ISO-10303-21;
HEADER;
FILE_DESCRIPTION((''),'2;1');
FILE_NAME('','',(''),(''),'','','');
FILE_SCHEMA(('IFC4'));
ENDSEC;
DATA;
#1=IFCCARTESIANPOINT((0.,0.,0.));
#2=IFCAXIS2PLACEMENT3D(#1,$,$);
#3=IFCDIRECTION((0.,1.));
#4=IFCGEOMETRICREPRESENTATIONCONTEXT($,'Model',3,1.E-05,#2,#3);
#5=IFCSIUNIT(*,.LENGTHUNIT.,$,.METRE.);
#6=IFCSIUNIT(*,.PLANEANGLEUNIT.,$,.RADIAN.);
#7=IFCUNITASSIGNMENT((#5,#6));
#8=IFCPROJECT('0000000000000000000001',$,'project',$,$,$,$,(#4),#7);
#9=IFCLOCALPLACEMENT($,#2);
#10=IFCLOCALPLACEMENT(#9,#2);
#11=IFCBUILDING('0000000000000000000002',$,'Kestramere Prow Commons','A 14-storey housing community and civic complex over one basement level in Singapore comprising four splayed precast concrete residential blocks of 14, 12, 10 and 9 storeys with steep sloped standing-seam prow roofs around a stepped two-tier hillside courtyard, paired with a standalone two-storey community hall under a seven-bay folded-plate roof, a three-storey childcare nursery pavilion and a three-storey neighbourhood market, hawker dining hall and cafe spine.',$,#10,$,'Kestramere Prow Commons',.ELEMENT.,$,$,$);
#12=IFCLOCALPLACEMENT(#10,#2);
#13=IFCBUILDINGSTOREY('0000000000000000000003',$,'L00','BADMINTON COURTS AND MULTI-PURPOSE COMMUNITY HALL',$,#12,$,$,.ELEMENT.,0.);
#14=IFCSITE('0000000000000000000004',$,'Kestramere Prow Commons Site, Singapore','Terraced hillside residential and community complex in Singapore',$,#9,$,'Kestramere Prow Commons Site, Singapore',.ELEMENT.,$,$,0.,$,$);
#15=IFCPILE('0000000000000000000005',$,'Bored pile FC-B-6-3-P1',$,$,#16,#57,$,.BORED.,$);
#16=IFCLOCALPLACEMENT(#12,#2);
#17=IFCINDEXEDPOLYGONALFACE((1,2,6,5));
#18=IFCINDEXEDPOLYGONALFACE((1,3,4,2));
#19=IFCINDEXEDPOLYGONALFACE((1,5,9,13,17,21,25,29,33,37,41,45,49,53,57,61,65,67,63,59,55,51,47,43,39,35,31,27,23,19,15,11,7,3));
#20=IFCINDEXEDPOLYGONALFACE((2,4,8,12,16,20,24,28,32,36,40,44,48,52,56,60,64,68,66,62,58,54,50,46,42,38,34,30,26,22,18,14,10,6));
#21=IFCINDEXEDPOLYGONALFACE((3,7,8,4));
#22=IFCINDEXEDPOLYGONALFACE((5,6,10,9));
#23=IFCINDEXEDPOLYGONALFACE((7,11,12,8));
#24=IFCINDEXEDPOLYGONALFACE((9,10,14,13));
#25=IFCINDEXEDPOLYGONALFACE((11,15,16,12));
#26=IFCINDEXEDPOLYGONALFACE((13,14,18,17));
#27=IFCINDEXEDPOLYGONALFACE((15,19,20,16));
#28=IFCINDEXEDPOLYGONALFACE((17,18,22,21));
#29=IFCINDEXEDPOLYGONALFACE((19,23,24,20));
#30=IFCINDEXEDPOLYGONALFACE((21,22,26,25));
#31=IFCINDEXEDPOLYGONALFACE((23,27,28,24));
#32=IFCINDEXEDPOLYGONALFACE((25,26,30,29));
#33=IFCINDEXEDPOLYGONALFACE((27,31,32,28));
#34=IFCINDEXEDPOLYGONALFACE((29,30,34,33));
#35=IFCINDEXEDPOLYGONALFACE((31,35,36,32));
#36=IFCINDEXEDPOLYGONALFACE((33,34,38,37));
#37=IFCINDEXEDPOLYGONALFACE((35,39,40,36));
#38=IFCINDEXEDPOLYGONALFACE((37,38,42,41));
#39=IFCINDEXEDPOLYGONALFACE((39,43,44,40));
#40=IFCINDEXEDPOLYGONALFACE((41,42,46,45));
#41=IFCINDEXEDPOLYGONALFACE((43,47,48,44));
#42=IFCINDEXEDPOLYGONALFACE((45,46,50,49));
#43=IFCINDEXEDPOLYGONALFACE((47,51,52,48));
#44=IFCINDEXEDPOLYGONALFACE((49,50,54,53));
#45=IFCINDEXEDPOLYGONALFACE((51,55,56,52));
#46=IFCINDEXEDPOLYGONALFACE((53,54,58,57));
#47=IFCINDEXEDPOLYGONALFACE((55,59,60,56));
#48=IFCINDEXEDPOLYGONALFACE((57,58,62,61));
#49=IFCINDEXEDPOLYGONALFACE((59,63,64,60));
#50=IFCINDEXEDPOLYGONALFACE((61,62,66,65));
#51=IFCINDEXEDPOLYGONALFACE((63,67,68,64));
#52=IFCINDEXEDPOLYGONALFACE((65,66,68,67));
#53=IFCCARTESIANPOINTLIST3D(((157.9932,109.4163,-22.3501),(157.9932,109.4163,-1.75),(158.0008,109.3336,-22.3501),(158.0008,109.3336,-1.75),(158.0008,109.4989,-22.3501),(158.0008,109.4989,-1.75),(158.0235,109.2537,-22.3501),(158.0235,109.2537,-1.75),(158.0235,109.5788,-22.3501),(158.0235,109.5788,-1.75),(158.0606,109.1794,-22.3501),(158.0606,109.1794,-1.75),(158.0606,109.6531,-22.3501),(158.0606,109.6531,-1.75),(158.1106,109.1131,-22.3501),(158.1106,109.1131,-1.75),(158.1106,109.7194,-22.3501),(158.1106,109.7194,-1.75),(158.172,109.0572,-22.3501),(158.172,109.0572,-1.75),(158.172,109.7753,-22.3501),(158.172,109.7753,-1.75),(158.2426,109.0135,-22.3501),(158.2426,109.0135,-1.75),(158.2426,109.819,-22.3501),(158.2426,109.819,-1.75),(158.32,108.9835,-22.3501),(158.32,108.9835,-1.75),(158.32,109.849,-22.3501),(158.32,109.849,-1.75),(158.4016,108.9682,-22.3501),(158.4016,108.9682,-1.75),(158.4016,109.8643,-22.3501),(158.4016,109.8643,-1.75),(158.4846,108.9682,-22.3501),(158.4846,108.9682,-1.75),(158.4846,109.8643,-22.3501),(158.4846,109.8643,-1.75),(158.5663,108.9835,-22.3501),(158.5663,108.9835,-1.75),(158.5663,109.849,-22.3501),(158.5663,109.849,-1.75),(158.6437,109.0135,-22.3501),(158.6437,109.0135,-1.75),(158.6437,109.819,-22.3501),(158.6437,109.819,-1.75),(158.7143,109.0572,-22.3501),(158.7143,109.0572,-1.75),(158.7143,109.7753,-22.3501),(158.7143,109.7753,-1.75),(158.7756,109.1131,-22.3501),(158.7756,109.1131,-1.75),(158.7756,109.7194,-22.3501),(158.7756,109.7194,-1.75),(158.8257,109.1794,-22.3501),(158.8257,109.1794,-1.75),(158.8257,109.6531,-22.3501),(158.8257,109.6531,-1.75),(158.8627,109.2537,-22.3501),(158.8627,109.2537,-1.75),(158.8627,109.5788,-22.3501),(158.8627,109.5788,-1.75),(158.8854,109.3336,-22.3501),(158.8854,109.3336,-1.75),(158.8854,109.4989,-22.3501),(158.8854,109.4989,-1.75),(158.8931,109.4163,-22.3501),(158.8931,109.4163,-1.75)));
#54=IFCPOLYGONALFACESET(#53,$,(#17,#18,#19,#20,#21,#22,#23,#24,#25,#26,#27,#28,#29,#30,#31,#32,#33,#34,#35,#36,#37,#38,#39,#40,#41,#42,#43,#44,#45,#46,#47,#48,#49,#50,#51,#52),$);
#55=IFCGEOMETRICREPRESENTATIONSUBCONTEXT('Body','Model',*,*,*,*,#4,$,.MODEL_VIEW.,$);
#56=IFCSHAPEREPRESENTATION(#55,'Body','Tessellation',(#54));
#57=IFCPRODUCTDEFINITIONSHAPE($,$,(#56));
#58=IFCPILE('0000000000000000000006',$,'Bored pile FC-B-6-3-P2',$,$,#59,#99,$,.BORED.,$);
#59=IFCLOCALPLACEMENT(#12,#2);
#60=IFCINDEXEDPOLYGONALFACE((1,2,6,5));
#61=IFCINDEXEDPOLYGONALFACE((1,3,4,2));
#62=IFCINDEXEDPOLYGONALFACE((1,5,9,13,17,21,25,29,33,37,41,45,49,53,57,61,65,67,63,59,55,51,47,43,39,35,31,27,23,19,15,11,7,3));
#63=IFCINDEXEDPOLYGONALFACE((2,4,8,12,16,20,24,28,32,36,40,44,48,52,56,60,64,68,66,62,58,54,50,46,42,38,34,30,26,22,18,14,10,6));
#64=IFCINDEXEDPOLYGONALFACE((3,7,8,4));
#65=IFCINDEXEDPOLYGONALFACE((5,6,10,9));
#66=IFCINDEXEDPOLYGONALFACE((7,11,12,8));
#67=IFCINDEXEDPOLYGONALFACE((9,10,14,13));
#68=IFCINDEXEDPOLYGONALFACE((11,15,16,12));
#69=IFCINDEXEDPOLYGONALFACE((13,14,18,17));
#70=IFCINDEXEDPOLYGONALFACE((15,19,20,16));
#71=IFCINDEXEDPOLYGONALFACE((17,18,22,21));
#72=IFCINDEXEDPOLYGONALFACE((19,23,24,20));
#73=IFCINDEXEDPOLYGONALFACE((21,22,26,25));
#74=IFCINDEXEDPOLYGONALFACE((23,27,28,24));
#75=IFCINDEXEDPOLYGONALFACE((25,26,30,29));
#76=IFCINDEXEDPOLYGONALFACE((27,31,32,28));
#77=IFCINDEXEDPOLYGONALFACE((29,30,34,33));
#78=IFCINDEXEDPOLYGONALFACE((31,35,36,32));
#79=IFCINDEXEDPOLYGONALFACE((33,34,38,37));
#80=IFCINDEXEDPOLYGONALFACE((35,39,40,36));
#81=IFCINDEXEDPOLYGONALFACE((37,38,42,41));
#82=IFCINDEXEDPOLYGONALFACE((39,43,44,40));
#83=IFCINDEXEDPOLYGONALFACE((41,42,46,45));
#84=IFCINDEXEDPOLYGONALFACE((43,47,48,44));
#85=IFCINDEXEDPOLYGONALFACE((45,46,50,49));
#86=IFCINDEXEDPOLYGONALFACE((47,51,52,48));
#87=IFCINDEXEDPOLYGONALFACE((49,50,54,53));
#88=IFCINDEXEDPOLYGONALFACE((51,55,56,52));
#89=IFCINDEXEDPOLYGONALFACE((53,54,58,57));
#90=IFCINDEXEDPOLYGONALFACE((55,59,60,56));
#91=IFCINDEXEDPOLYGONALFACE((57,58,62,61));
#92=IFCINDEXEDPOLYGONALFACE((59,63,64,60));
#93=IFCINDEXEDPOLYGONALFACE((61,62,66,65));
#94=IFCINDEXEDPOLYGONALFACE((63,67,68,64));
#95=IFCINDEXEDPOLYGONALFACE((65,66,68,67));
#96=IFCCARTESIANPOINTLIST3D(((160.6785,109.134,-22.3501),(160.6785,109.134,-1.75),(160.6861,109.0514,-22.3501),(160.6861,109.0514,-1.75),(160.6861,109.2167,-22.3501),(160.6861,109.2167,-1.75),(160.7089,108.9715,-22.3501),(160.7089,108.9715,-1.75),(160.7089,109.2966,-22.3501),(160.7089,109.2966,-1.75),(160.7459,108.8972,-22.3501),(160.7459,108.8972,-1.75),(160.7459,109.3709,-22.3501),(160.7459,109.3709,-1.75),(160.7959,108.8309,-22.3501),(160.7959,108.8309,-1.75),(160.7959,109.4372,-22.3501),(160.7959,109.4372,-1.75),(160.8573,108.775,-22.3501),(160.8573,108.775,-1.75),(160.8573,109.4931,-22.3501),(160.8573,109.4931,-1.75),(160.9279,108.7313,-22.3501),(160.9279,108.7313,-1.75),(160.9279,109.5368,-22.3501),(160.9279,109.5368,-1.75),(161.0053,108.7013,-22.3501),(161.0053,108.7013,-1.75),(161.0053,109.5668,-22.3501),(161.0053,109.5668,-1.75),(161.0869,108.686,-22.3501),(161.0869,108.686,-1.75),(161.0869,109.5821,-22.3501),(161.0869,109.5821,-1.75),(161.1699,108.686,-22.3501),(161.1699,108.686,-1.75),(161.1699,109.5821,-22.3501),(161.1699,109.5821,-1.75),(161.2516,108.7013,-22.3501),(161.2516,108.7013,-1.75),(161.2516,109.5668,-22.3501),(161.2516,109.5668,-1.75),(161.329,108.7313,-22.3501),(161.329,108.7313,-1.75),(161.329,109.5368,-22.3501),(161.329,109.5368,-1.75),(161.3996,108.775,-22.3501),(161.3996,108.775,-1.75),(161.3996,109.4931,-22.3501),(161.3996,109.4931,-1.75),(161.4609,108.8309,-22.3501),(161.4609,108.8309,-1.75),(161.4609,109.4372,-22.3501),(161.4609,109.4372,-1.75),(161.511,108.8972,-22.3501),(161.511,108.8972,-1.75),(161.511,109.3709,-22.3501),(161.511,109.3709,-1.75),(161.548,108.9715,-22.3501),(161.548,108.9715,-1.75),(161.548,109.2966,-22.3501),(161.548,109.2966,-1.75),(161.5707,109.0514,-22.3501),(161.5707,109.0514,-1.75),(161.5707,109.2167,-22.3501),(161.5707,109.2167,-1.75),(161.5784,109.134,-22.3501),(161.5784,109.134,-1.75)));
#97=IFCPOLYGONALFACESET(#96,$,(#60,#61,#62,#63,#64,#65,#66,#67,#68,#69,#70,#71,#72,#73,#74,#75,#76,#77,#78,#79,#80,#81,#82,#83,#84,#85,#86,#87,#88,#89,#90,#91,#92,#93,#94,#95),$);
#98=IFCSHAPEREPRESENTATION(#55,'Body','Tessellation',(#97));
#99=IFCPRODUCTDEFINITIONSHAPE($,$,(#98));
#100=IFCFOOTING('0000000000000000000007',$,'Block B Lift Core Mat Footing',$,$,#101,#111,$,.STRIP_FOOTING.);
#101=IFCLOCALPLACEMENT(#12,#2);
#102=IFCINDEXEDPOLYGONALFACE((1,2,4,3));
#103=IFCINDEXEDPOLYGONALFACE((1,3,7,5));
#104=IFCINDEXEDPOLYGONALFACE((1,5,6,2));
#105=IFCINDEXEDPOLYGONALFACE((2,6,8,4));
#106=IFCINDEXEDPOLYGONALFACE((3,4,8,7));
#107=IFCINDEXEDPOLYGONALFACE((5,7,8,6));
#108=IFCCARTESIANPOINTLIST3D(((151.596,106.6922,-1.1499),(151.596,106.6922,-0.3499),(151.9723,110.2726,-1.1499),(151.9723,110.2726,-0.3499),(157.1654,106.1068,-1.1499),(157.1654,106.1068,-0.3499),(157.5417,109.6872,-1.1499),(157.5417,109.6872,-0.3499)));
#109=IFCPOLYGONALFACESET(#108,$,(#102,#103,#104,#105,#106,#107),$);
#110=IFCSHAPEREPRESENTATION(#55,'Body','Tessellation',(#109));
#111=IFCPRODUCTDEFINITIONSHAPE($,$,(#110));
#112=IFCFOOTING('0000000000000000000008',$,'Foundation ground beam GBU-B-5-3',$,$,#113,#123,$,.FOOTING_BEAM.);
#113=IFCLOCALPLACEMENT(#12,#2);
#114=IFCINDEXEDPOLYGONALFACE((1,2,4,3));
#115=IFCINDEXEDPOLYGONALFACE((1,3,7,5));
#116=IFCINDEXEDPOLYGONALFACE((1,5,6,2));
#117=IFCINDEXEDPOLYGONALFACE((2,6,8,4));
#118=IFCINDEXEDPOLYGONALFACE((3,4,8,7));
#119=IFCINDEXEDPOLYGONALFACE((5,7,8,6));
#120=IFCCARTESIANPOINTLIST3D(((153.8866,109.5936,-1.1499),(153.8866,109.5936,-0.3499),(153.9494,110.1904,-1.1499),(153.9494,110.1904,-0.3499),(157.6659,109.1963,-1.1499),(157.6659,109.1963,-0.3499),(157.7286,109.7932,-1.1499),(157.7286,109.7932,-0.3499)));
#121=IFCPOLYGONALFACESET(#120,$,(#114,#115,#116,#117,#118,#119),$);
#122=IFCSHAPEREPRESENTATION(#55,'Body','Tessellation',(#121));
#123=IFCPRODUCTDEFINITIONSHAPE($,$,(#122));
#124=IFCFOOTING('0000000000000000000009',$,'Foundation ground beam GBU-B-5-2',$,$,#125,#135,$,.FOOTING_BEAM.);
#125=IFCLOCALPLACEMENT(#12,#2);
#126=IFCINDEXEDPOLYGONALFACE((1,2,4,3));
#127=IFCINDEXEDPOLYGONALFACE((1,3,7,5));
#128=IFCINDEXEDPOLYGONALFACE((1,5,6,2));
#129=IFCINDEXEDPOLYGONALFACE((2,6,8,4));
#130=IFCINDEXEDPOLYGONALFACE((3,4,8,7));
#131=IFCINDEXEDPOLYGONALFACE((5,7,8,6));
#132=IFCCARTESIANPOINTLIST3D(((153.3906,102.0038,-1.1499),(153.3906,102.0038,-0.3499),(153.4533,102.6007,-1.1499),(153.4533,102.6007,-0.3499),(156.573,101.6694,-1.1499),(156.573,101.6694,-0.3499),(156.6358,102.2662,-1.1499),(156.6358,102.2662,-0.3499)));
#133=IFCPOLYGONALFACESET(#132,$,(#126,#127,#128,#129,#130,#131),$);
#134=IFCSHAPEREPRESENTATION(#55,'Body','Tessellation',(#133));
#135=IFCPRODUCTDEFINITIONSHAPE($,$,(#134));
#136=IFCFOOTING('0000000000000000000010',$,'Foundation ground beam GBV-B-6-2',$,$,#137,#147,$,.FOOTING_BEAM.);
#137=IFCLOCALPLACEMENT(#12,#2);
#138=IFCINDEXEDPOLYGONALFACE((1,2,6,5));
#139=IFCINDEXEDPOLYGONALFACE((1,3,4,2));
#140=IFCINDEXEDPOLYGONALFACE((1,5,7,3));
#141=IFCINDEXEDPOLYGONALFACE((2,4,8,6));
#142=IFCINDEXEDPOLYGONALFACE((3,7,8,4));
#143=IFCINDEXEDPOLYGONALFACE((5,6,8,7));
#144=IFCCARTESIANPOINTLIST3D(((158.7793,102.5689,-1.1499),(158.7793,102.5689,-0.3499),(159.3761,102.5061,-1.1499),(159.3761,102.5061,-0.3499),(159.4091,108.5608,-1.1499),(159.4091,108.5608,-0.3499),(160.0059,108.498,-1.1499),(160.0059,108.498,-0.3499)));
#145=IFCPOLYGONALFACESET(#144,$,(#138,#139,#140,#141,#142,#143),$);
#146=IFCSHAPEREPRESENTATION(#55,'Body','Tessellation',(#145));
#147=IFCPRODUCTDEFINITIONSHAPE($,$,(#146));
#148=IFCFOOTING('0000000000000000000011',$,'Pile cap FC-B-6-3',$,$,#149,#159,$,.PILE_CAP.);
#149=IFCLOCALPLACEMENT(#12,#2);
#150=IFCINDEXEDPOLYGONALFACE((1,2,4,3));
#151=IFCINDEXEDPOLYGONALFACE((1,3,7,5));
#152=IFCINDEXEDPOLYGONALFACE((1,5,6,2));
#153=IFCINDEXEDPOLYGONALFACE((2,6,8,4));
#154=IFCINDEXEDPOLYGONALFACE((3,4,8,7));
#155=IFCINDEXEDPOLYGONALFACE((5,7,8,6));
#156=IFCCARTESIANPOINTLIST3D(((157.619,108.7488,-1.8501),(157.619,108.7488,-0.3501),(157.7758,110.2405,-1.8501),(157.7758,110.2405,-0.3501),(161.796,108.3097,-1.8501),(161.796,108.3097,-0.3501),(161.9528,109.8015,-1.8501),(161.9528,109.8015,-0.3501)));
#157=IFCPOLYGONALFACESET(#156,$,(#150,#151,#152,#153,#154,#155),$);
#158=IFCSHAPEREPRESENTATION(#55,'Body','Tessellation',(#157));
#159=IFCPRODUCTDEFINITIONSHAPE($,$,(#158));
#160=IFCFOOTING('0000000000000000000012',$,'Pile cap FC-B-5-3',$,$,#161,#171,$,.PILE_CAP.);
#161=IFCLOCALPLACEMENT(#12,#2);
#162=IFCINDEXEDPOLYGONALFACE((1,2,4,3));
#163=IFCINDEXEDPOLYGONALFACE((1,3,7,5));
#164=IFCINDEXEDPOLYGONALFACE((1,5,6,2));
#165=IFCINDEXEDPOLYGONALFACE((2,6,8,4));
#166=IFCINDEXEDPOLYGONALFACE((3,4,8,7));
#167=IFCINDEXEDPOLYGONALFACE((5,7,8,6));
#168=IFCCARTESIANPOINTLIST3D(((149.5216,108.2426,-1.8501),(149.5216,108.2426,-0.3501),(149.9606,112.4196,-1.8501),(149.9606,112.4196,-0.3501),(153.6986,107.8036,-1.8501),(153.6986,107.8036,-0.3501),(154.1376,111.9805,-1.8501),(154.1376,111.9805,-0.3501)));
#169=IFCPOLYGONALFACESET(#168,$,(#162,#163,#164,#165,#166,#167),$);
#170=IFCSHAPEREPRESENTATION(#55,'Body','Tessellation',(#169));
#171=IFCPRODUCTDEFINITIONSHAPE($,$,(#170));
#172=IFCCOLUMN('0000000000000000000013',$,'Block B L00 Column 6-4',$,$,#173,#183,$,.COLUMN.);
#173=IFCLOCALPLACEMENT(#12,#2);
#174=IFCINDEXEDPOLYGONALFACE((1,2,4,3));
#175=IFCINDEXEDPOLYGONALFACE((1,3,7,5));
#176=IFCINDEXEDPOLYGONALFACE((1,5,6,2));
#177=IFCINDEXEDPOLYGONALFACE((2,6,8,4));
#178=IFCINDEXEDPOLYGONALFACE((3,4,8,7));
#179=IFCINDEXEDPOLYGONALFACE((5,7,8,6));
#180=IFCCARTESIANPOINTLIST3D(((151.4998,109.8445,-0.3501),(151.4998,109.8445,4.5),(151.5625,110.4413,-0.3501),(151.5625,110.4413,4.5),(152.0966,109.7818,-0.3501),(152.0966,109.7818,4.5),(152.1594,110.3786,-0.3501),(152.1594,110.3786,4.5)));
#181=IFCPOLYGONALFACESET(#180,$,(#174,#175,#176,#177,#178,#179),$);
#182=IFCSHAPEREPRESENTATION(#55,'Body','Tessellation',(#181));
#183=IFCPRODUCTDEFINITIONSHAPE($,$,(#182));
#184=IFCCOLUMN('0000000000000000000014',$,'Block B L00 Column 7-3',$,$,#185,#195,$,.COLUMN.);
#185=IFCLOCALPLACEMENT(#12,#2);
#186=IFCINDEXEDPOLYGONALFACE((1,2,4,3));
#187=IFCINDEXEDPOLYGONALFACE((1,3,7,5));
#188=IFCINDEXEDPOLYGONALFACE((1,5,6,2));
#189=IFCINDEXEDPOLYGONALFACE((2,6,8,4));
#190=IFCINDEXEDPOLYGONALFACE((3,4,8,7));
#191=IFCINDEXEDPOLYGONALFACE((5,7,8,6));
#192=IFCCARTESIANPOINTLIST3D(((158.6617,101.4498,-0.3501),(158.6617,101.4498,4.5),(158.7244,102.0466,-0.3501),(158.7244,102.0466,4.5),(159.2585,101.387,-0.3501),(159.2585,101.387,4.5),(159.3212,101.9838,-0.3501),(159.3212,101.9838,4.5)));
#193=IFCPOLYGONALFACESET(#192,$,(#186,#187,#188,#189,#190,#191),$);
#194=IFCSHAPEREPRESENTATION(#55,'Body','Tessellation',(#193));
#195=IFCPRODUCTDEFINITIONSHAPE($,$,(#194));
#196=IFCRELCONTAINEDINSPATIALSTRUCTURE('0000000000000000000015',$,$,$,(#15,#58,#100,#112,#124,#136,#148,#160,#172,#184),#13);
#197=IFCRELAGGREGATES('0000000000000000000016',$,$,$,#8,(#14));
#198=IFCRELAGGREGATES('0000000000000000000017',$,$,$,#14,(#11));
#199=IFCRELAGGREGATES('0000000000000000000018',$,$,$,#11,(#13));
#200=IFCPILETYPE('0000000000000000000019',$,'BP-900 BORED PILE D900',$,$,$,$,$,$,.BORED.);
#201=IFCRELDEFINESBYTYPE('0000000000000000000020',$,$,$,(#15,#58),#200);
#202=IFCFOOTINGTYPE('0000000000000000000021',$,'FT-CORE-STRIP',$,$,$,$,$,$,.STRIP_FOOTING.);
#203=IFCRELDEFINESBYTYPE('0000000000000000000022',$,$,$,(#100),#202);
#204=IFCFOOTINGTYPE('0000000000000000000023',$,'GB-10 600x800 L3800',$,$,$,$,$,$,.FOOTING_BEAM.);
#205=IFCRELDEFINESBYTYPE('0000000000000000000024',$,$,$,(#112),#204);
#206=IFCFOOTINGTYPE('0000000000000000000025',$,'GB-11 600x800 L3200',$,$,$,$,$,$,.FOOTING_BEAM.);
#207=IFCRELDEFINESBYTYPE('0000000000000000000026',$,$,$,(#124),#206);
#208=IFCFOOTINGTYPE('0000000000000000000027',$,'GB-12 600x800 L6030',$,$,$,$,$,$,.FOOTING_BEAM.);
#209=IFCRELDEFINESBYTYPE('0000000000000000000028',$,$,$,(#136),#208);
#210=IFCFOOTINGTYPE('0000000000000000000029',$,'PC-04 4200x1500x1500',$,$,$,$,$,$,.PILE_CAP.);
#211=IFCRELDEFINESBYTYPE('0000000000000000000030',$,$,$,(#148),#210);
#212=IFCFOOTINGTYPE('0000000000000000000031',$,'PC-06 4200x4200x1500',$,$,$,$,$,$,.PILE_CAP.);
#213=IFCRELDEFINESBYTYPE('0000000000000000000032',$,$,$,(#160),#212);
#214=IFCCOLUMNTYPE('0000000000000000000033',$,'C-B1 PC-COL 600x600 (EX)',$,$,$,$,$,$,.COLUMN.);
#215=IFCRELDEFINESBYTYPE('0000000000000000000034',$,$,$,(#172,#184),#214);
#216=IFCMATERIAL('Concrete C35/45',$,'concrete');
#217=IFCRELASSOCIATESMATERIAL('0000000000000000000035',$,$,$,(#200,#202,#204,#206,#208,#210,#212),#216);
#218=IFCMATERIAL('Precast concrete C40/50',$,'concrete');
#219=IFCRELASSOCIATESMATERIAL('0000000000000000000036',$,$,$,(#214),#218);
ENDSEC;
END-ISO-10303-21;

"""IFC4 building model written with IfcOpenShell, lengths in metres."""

from ifc_helpers import new_model, si_unit, direction, frame, origin, origin_2d, place, context, subcontext, project, spatial, rectangle, circle, extrude, material, material_profile, profile_set, type_object, element, save


model = new_model("IFC4")

# Units and contexts
model_context = context("Model", 3, precision=1e-05, world=origin(), true_north=direction((0.0, 1.0)))
body_context = subcontext(model_context, "Body", "Model", "MODEL_VIEW")
ifc_project = project(units=[si_unit("LENGTHUNIT", "METRE"), si_unit("PLANEANGLEUNIT", "RADIAN")], contexts=[model_context])

# Site, building, storey
site_placement = place(None, origin())
site = spatial("IfcSite", under=ifc_project, at=site_placement, Name="Kestramere Prow Commons Site, Singapore", Description="Terraced hillside residential and community complex in Singapore", LongName="Kestramere Prow Commons Site, Singapore", CompositionType="ELEMENT", RefElevation=0.0)
building_placement = place(site_placement, origin())
building = spatial("IfcBuilding", under=site, at=building_placement, Name="Kestramere Prow Commons", Description="A 14-storey housing community and civic complex over one basement level in Singapore comprising four splayed precast concrete residential blocks of 14, 12, 10 and 9 storeys with steep sloped standing-seam prow roofs around a stepped two-tier hillside courtyard, paired with a standalone two-storey community hall under a seven-bay folded-plate roof, a three-storey childcare nursery pavilion and a three-storey neighbourhood market, hawker dining hall and cafe spine.", LongName="Kestramere Prow Commons", CompositionType="ELEMENT")
storey_placement = place(building_placement, origin())
storey = spatial("IfcBuildingStorey", under=building, at=storey_placement, Name="L00", Description="BADMINTON COURTS AND MULTI-PURPOSE COMMUNITY HALL", CompositionType="ELEMENT", Elevation=0.0)

# Piles
ifc_material_1 = material(Name="Concrete C35/45", Category="concrete")
ifc_material_profile_1 = material_profile(ifc_material_1, circle(Radius=0.45, at=origin_2d()), Name="BORED PILE D900")
ifc_profile_set_1 = profile_set([ifc_material_profile_1], Name="Concrete C35/45")
pile_type_1 = type_object("IfcPileType", Name="BP-900 BORED PILE D900", PredefinedType="BORED", material=ifc_profile_set_1)
for number, where, z_axis, x_axis, name in (
    (1, (158.4431, 109.4163, -1.75), (0.0, 0.0, -1.0), (1.0, 0.0, 0.0), "Bored pile FC-B-6-3-P1"),
    (2, (161.1284, 109.134, -1.75), (0.0, 0.0, -1.0), (1.0, 0.0, 0.0), "Bored pile FC-B-6-3-P2"),
):
    element("IfcPile", number, at=place(storey_placement, frame(where, z_axis=z_axis, x_axis=x_axis)), inside=storey, type_object=pile_type_1, Name=name, PredefinedType="BORED", context=body_context, shape_type="SweptSolid", body=[
        extrude(circle(Radius=0.45, at=origin_2d()), origin(), (0.0, 0.0, 1.0), 20.6001),
    ])

# Footings
footing_type_1 = type_object("IfcFootingType", Name="FT-CORE-STRIP", PredefinedType="STRIP_FOOTING", material=ifc_material_1)
footing_1_placement = place(storey_placement, frame((154.5688, 108.1897, -1.1499), z_axis=(0.0, 0.0, 1.0), x_axis=(0.994522, -0.104528, 0.0)))
element("IfcFooting", 3, at=footing_1_placement, inside=storey, type_object=footing_type_1, Name="Block B Lift Core Mat Footing", PredefinedType="STRIP_FOOTING", context=body_context, shape_type="SweptSolid", body=[
    extrude(rectangle(XDim=5.6001, YDim=3.6001, at=origin_2d()), origin(), (0.0, 0.0, 1.0), 0.8),
])
footing_type_2 = type_object("IfcFootingType", Name="GB-10 600x800 L3800", PredefinedType="FOOTING_BEAM", material=ifc_material_1)
footing_2_placement = place(storey_placement, frame((155.8076, 109.6934, -1.1499), z_axis=(0.0, 0.0, 1.0), x_axis=(0.994522, -0.104528, 0.0)))
element("IfcFooting", 4, at=footing_2_placement, inside=storey, type_object=footing_type_2, Name="Foundation ground beam GBU-B-5-3", PredefinedType="FOOTING_BEAM", context=body_context, shape_type="SweptSolid", body=[
    extrude(rectangle(XDim=3.8, YDim=0.6001, at=origin_2d()), origin(), (0.0, 0.0, 1.0), 0.8),
])
footing_type_3 = type_object("IfcFootingType", Name="GB-11 600x800 L3200", PredefinedType="FOOTING_BEAM", material=ifc_material_1)
footing_3_placement = place(storey_placement, frame((155.0132, 102.135, -1.1499), z_axis=(0.0, 0.0, 1.0), x_axis=(0.994522, -0.104528, 0.0)))
element("IfcFooting", 5, at=footing_3_placement, inside=storey, type_object=footing_type_3, Name="Foundation ground beam GBU-B-5-2", PredefinedType="FOOTING_BEAM", context=body_context, shape_type="SweptSolid", body=[
    extrude(rectangle(XDim=3.2, YDim=0.6001, at=origin_2d()), origin(), (0.0, 0.0, 1.0), 0.8),
])
footing_type_4 = type_object("IfcFootingType", Name="GB-12 600x800 L6030", PredefinedType="FOOTING_BEAM", material=ifc_material_1)
footing_4_placement = place(storey_placement, frame((159.3926, 105.5334, -1.1499), z_axis=(0.0, 0.0, 1.0), x_axis=(0.104528, 0.994522, 0.0)))
element("IfcFooting", 6, at=footing_4_placement, inside=storey, type_object=footing_type_4, Name="Foundation ground beam GBV-B-6-2", PredefinedType="FOOTING_BEAM", context=body_context, shape_type="SweptSolid", body=[
    extrude(rectangle(XDim=6.0249, YDim=0.6001, at=origin_2d()), origin(), (0.0, 0.0, 1.0), 0.8),
])
footing_type_5 = type_object("IfcFootingType", Name="PC-04 4200x1500x1500", PredefinedType="PILE_CAP", material=ifc_material_1)
footing_5_placement = place(storey_placement, frame((159.7859, 109.2751, -1.8501), z_axis=(0.0, 0.0, 1.0), x_axis=(0.994522, -0.104528, 0.0)))
element("IfcFooting", 7, at=footing_5_placement, inside=storey, type_object=footing_type_5, Name="Pile cap FC-B-6-3", PredefinedType="PILE_CAP", context=body_context, shape_type="SweptSolid", body=[
    extrude(rectangle(XDim=4.2, YDim=1.5, at=origin_2d()), origin(), (0.0, 0.0, 1.0), 1.5),
])
footing_type_6 = type_object("IfcFootingType", Name="PC-06 4200x4200x1500", PredefinedType="PILE_CAP", material=ifc_material_1)
footing_6_placement = place(storey_placement, frame((151.8296, 110.1116, -1.8501), z_axis=(0.0, 0.0, 1.0), x_axis=(0.994522, -0.104528, 0.0)))
element("IfcFooting", 8, at=footing_6_placement, inside=storey, type_object=footing_type_6, Name="Pile cap FC-B-5-3", PredefinedType="PILE_CAP", context=body_context, shape_type="SweptSolid", body=[
    extrude(rectangle(XDim=4.2, YDim=4.2, at=origin_2d()), origin(), (0.0, 0.0, 1.0), 1.5),
])

# Columns
ifc_material_2 = material(Name="Precast concrete C40/50", Category="concrete")
ifc_material_profile_2 = material_profile(ifc_material_2, rectangle(XDim=0.6001, YDim=0.6001, at=origin_2d()), Name="PC-COL 600x600")
ifc_profile_set_2 = profile_set([ifc_material_profile_2], Name="Precast concrete C40/50")
column_type_1 = type_object("IfcColumnType", Name="C-B1 PC-COL 600x600 (EX)", PredefinedType="COLUMN", material=ifc_profile_set_2)
for number, where, z_axis, x_axis, name in (
    (9, (151.8296, 110.1116, -0.3501), (0.0, 0.0, 1.0), (0.994522, -0.104528, 0.0), "Block B L00 Column 6-4"),
    (10, (158.9915, 101.7168, -0.3501), (0.0, 0.0, 1.0), (0.994522, -0.104528, 0.0), "Block B L00 Column 7-3"),
):
    element("IfcColumn", number, at=place(storey_placement, frame(where, z_axis=z_axis, x_axis=x_axis)), inside=storey, type_object=column_type_1, Name=name, PredefinedType="COLUMN", context=body_context, shape_type="SweptSolid", body=[
        extrude(rectangle(XDim=0.6001, YDim=0.6001, at=origin_2d()), origin(), (0.0, 0.0, 1.0), 4.8501),
    ])

save(model, "model.ifc")
